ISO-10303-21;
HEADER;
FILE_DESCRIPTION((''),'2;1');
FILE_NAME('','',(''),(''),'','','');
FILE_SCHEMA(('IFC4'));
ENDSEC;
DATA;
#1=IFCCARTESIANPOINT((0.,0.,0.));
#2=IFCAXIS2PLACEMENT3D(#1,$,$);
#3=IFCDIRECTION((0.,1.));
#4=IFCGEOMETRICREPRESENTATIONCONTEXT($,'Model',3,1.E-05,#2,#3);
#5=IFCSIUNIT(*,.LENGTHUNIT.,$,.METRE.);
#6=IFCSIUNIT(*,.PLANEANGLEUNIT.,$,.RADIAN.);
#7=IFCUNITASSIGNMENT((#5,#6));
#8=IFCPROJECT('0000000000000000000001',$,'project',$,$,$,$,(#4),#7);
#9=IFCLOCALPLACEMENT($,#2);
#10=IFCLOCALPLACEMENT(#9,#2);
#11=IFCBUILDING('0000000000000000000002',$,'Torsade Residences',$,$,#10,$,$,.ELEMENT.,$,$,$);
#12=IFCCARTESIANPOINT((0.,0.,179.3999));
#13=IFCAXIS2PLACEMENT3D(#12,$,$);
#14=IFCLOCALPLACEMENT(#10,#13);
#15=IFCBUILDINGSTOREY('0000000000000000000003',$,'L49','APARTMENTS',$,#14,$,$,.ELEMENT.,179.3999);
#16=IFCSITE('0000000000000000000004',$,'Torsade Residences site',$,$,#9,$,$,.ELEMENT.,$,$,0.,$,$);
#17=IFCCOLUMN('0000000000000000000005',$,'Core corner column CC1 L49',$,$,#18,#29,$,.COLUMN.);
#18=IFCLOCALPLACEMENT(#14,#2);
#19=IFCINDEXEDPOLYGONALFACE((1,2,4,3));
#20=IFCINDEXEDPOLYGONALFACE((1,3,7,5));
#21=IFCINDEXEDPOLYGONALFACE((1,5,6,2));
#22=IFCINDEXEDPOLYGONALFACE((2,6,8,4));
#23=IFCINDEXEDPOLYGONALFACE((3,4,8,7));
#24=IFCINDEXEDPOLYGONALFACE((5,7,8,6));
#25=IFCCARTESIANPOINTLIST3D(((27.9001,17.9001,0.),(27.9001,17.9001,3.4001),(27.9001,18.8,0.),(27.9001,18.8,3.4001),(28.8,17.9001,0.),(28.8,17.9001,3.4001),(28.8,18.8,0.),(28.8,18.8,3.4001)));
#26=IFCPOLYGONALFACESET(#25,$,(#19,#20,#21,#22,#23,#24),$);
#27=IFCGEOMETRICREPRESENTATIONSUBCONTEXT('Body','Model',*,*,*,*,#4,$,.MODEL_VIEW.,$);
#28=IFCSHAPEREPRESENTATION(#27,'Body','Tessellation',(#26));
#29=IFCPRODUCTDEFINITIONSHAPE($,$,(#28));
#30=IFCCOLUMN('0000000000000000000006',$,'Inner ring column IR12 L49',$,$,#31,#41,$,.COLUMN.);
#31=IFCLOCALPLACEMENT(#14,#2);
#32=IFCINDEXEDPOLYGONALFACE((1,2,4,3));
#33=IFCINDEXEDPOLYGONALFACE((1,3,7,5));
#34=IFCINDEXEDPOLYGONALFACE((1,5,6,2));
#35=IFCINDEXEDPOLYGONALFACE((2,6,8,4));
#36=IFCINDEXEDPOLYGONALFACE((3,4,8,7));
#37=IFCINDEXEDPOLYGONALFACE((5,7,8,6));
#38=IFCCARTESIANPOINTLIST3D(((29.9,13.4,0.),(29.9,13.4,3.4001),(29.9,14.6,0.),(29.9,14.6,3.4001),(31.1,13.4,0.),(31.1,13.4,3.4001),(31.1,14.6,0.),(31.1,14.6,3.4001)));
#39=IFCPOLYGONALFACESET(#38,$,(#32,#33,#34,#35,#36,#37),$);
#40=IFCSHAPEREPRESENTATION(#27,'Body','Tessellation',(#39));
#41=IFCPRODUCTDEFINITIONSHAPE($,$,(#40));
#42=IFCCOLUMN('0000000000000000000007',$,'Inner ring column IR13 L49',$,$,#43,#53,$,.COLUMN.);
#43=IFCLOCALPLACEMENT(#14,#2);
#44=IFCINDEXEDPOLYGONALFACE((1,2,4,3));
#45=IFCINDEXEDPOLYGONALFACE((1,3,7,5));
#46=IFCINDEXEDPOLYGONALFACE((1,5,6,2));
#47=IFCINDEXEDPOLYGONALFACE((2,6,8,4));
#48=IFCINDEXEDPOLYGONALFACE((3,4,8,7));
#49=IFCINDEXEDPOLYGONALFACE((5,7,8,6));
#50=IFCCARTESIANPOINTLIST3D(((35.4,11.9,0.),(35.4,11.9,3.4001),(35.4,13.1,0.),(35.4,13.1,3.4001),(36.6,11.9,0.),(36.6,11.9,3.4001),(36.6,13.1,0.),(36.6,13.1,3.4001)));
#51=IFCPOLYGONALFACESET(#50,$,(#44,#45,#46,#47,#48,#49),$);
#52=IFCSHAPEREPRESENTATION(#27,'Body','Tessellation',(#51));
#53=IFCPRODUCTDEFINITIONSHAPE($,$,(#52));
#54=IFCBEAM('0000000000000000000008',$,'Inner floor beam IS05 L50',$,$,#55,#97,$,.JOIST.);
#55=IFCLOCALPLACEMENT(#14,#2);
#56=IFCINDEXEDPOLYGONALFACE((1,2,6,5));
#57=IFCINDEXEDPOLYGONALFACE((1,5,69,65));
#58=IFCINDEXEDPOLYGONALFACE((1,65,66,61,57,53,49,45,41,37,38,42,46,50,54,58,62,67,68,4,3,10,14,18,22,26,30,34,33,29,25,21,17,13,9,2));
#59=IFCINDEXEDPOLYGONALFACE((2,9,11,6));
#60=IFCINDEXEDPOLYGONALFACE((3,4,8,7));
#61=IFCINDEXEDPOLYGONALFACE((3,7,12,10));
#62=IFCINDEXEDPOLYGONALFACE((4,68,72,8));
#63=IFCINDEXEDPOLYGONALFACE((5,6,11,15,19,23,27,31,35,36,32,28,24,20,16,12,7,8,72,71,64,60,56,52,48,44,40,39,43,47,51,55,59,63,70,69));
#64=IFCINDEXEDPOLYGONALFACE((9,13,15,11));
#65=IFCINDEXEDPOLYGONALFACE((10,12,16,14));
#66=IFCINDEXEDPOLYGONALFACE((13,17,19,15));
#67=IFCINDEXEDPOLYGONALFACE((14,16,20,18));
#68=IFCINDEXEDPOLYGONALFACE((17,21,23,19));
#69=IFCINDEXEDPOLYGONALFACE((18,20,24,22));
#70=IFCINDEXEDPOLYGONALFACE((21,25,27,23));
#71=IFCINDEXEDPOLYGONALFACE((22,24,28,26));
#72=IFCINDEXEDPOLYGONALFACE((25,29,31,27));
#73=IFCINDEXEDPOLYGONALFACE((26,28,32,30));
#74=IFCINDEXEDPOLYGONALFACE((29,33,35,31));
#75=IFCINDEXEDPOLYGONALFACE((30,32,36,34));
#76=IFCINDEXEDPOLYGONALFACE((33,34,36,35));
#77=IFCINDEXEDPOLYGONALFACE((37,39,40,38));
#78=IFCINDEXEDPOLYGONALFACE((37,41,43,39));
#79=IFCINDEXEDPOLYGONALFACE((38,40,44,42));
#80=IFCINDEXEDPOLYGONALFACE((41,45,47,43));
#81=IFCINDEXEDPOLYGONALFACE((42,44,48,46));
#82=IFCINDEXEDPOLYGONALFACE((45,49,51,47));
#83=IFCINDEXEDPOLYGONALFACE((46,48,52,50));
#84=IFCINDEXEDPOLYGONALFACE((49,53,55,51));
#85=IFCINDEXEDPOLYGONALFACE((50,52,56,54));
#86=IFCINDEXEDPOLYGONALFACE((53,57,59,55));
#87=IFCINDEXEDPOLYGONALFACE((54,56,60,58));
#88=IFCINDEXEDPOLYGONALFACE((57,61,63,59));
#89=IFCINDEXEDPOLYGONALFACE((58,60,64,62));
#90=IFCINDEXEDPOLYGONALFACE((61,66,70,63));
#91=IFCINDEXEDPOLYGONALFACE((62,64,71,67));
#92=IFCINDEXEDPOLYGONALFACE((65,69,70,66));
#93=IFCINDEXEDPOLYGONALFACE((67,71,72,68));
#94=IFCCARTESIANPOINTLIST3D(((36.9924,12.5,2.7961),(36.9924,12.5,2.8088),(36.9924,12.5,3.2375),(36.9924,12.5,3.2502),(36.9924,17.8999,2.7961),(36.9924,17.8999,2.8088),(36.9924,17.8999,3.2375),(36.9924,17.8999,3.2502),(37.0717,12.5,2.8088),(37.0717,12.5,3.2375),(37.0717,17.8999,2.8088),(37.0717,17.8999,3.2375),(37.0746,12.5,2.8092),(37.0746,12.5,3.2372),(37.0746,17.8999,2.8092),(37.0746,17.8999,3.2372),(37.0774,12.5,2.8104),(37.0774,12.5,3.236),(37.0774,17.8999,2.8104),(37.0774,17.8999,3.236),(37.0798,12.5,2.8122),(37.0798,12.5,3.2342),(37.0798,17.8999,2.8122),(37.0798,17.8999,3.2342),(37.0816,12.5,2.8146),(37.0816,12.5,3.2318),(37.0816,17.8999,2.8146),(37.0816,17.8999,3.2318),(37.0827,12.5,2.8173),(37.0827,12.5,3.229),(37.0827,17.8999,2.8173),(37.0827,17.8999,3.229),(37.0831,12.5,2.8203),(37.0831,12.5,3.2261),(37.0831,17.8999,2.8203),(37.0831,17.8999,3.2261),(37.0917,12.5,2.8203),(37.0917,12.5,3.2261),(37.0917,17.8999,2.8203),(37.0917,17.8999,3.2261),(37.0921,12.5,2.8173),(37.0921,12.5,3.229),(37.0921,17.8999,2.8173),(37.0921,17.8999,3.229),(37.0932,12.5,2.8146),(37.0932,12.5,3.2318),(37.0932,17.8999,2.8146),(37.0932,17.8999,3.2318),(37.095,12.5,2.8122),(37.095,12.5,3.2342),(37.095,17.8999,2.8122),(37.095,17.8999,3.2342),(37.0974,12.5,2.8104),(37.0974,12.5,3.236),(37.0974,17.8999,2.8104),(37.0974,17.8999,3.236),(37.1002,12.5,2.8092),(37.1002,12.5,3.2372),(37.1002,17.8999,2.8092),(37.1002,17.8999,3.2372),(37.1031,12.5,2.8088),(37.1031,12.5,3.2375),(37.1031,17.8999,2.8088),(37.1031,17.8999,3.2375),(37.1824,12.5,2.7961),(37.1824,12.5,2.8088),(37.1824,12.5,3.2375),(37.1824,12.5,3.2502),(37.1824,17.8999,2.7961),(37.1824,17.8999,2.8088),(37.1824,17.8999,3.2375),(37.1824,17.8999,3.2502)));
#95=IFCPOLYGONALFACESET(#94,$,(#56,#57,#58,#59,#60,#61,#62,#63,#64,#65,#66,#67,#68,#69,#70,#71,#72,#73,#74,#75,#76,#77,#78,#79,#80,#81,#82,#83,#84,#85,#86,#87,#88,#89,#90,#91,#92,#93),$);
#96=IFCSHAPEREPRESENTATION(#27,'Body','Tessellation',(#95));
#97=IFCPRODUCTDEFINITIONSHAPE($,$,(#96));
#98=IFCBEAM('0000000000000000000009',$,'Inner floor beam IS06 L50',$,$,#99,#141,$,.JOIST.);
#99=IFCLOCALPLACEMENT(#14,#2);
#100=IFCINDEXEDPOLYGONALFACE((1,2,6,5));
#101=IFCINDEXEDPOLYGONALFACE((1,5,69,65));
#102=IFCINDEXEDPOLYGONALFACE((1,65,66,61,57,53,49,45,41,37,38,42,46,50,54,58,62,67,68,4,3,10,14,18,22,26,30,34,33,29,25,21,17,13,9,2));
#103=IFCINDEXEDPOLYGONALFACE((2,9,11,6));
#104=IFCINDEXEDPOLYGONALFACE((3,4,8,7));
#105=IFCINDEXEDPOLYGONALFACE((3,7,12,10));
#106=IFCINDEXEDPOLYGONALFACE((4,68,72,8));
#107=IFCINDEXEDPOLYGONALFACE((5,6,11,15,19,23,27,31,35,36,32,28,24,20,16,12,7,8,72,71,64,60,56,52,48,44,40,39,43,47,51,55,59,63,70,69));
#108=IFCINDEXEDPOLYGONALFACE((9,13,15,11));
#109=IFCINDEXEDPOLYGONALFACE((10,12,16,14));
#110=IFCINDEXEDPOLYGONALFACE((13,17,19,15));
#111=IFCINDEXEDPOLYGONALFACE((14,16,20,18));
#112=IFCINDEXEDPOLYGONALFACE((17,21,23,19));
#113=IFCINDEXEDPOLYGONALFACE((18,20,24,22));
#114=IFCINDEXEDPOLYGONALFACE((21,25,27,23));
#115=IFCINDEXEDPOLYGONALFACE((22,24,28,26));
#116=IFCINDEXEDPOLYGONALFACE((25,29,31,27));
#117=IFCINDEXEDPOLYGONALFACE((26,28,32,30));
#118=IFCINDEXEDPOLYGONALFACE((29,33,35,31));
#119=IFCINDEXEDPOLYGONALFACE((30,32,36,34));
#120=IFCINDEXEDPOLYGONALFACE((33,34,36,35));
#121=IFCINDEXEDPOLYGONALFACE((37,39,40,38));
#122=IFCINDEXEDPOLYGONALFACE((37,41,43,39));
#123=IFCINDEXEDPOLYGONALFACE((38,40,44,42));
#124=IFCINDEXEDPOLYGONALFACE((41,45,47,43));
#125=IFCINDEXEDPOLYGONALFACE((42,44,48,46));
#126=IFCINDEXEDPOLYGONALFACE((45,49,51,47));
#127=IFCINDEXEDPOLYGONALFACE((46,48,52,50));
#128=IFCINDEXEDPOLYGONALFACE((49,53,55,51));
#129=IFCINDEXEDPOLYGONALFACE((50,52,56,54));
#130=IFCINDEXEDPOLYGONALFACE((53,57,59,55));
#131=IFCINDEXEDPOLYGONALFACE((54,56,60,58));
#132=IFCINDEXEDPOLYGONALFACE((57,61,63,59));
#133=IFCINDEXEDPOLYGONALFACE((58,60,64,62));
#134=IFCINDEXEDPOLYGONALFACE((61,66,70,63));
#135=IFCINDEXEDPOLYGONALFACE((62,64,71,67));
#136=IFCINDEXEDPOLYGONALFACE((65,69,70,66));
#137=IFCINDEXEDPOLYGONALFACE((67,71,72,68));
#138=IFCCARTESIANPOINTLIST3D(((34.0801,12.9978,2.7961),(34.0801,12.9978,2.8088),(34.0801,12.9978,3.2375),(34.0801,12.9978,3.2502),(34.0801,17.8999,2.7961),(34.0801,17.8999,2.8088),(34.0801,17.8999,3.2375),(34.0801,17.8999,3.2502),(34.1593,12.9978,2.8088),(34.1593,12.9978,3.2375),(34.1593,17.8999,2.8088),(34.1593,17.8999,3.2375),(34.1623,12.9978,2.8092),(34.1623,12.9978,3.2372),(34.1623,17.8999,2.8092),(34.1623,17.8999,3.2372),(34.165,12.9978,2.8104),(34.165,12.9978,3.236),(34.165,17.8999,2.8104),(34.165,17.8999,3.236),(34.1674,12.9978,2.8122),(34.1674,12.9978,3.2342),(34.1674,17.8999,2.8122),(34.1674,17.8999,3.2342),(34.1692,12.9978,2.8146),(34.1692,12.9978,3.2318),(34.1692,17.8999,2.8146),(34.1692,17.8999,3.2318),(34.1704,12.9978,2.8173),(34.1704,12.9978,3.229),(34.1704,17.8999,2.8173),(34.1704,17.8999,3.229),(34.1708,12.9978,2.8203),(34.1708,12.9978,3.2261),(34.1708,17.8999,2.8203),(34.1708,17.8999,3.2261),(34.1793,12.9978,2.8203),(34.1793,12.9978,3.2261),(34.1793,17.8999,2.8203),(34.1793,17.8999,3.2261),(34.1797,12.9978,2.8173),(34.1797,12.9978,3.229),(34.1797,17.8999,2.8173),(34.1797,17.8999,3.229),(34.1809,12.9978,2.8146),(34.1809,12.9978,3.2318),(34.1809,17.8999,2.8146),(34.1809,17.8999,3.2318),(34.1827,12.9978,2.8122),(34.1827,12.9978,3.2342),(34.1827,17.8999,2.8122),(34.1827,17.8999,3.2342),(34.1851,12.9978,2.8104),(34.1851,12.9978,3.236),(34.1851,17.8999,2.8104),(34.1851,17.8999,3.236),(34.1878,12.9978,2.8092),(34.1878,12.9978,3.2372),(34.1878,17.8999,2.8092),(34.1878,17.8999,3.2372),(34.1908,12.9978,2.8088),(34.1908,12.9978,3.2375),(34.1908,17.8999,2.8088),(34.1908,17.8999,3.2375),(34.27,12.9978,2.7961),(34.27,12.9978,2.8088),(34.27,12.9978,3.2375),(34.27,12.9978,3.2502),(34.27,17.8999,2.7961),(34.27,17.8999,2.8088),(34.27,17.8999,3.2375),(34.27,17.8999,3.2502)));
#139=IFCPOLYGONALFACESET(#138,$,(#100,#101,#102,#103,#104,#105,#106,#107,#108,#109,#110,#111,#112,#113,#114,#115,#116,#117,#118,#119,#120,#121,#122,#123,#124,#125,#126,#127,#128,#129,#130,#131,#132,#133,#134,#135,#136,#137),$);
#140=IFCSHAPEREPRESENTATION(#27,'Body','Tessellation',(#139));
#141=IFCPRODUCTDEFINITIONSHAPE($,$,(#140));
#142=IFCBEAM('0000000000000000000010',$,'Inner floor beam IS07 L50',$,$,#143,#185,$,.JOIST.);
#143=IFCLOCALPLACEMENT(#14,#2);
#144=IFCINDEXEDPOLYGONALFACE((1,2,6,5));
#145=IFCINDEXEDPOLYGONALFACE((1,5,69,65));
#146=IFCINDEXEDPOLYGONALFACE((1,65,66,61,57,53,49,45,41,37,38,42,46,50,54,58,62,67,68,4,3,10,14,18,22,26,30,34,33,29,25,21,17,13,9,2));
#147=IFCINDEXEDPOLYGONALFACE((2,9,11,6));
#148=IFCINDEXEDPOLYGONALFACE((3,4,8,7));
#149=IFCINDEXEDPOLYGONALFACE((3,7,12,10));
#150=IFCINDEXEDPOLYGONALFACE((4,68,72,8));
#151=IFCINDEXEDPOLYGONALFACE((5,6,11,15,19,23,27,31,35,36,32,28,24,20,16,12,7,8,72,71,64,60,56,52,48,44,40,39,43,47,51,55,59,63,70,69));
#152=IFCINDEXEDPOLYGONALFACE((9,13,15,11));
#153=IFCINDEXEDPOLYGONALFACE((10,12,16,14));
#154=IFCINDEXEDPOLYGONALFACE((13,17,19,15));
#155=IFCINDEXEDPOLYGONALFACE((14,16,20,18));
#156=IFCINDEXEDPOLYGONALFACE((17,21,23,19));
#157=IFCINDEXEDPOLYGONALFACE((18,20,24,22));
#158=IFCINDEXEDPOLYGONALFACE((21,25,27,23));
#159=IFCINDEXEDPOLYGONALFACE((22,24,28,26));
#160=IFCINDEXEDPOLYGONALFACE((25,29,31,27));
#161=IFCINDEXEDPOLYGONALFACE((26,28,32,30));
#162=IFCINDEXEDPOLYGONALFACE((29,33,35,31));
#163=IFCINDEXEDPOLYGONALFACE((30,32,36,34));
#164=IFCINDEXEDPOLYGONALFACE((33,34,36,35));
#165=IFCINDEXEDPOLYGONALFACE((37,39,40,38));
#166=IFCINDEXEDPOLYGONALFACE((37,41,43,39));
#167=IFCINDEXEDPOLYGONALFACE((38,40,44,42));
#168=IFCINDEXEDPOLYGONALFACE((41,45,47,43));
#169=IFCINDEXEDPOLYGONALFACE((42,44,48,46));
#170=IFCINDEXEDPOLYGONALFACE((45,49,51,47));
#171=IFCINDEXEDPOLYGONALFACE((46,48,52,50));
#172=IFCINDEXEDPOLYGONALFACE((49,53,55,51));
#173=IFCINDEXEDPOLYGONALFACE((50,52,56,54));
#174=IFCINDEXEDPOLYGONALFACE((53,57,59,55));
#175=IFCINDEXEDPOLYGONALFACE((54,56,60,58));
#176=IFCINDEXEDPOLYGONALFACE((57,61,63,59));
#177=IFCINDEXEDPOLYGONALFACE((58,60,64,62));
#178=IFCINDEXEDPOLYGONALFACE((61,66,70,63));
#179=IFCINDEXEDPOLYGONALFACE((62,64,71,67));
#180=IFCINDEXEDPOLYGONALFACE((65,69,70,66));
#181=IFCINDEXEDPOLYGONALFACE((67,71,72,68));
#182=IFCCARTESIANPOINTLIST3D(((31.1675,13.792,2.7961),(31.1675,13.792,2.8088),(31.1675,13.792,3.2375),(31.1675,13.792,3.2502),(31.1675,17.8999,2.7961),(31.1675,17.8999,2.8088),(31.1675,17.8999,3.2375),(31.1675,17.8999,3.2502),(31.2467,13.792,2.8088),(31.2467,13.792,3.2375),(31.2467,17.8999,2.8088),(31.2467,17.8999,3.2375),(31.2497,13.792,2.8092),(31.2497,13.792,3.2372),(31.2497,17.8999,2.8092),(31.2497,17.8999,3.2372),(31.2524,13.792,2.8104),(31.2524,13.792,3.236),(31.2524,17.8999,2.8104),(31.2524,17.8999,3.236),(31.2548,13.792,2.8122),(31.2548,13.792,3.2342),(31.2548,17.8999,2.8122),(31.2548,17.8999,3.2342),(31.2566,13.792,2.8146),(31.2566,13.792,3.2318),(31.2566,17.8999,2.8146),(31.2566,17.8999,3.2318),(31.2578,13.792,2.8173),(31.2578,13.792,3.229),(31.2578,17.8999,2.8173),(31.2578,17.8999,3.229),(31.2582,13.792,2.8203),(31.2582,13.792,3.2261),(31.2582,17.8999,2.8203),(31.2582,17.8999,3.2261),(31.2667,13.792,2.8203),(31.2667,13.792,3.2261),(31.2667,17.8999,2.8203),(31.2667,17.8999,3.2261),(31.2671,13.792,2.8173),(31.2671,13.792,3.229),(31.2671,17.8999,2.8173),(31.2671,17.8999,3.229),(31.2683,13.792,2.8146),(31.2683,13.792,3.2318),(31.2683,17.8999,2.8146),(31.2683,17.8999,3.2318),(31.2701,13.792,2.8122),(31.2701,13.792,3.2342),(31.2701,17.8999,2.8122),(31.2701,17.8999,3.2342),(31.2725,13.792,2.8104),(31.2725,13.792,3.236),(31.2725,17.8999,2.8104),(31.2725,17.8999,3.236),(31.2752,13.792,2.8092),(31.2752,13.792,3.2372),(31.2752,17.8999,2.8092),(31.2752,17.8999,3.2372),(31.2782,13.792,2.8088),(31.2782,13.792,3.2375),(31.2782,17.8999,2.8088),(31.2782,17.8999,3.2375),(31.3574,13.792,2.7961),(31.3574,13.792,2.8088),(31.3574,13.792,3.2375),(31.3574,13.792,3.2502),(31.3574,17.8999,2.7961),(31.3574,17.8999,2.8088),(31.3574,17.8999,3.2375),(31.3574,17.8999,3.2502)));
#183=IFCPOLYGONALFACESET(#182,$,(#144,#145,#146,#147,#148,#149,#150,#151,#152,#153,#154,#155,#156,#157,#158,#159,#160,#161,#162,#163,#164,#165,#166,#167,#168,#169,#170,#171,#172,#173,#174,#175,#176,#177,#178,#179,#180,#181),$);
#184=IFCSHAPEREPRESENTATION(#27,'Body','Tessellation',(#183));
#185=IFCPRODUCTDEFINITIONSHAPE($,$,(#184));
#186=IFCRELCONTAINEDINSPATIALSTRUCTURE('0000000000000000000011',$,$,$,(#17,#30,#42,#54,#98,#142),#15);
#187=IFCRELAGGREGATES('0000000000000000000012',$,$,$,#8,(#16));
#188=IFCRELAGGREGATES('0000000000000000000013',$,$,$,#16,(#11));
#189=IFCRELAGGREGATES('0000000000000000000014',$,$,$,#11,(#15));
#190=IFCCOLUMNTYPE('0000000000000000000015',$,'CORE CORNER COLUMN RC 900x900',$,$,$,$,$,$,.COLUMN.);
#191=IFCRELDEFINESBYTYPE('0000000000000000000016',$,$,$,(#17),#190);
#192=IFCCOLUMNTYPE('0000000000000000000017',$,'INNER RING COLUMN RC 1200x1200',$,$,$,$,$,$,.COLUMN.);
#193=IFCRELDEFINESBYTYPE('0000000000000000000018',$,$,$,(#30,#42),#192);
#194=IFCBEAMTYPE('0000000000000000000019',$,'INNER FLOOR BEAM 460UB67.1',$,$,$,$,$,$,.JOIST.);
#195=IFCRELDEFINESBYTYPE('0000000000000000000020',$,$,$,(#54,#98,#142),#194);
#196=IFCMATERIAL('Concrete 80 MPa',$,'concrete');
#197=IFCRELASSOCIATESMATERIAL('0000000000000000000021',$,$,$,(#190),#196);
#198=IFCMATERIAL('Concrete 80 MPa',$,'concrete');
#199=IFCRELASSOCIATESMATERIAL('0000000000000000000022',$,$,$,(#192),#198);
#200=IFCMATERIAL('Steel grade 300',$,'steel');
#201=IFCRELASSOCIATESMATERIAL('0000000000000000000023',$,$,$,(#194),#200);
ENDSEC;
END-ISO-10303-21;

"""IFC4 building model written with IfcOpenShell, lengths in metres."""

from ifc_helpers import new_model, si_unit, direction, frame, origin, origin_2d, place, context, subcontext, project, spatial, rectangle, i_section, extrude, material, material_profile, profile_set, type_object, element, save


model = new_model("IFC4")

# Units and contexts
model_context = context("Model", 3, precision=1e-05, world=origin(), true_north=direction((0.0, 1.0)))
body_context = subcontext(model_context, "Body", "Model", "MODEL_VIEW")
ifc_project = project(units=[si_unit("LENGTHUNIT", "METRE"), si_unit("PLANEANGLEUNIT", "RADIAN")], contexts=[model_context])

# Site, building, storey
site_placement = place(None, origin())
site = spatial("IfcSite", under=ifc_project, at=site_placement, Name="Torsade Residences site", CompositionType="ELEMENT", RefElevation=0.0)
building_placement = place(site_placement, origin())
building = spatial("IfcBuilding", under=site, at=building_placement, Name="Torsade Residences", CompositionType="ELEMENT")
storey_placement = place(building_placement, frame((0.0, 0.0, 179.3999)))
storey = spatial("IfcBuildingStorey", under=building, at=storey_placement, Name="L49", Description="APARTMENTS", CompositionType="ELEMENT", Elevation=179.3999)

# Columns
ifc_material_1 = material(Name="Concrete 80 MPa", Category="concrete")
ifc_material_profile_1 = material_profile(ifc_material_1, rectangle(XDim=0.8999, YDim=0.8999, at=origin_2d()), Name="RC 900x900")
ifc_profile_set_1 = profile_set([ifc_material_profile_1], Name="Concrete 80 MPa")
column_type_1 = type_object("IfcColumnType", Name="CORE CORNER COLUMN RC 900x900", PredefinedType="COLUMN", material=ifc_profile_set_1)
column_placement = place(storey_placement, frame((28.3501, 18.3501, 0.0), z_axis=(0.0, 0.0, 1.0), x_axis=(1.0, 0.0, 0.0)))
element("IfcColumn", 1, at=column_placement, inside=storey, type_object=column_type_1, Name="Core corner column CC1 L49", PredefinedType="COLUMN", context=body_context, shape_type="SweptSolid", body=[
    extrude(rectangle(XDim=0.8999, YDim=0.8999, at=origin_2d()), origin(), (0.0, 0.0, 1.0), 3.4001),
])
ifc_material_2 = material(Name="Concrete 80 MPa", Category="concrete")
ifc_material_profile_2 = material_profile(ifc_material_2, rectangle(XDim=1.2, YDim=1.2, at=origin_2d()), Name="RC 1200x1200")
ifc_profile_set_2 = profile_set([ifc_material_profile_2], Name="Concrete 80 MPa")
column_type_2 = type_object("IfcColumnType", Name="INNER RING COLUMN RC 1200x1200", PredefinedType="COLUMN", material=ifc_profile_set_2)
for number, where, z_axis, x_axis, name in (
    (2, (30.5, 14.0, 0.0), (0.0, 0.0, 1.0), (1.0, 0.0, 0.0), "Inner ring column IR12 L49"),
    (3, (36.0, 12.5, 0.0), (0.0, 0.0, 1.0), (1.0, 0.0, 0.0), "Inner ring column IR13 L49"),
):
    element("IfcColumn", number, at=place(storey_placement, frame(where, z_axis=z_axis, x_axis=x_axis)), inside=storey, type_object=column_type_2, Name=name, PredefinedType="COLUMN", context=body_context, shape_type="SweptSolid", body=[
        extrude(rectangle(XDim=1.2, YDim=1.2, at=origin_2d()), origin(), (0.0, 0.0, 1.0), 3.4001),
    ])

# Beams
ifc_material_3 = material(Name="Steel grade 300", Category="steel")
ifc_material_profile_3 = material_profile(ifc_material_3, i_section(OverallWidth=0.1899, OverallDepth=0.4541, WebThickness=0.0085, FlangeThickness=0.0127, FilletRadius=0.0115, at=origin_2d()), Name="460UB67.1")
ifc_profile_set_3 = profile_set([ifc_material_profile_3], Name="Steel grade 300")
beam_type_1 = type_object("IfcBeamType", Name="INNER FLOOR BEAM 460UB67.1", PredefinedType="JOIST", material=ifc_profile_set_3)
beam_1_placement = place(storey_placement, frame((37.0874, 17.8999, 3.0232), z_axis=(0.0, -1.0, 0.0), x_axis=(1.0, 0.0, 0.0)))
element("IfcBeam", 4, at=beam_1_placement, inside=storey, type_object=beam_type_1, Name="Inner floor beam IS05 L50", PredefinedType="JOIST", context=body_context, shape_type="SweptSolid", body=[
    extrude(i_section(OverallWidth=0.1899, OverallDepth=0.4541, WebThickness=0.0085, FlangeThickness=0.0127, FilletRadius=0.0115, at=origin_2d()), origin(), (0.0, 0.0, 1.0), 5.3999),
])
beam_2_placement = place(storey_placement, frame((34.175, 17.8999, 3.0232), z_axis=(0.0, -1.0, 0.0), x_axis=(1.0, 0.0, 0.0)))
element("IfcBeam", 5, at=beam_2_placement, inside=storey, type_object=beam_type_1, Name="Inner floor beam IS06 L50", PredefinedType="JOIST", context=body_context, shape_type="SweptSolid", body=[
    extrude(i_section(OverallWidth=0.1899, OverallDepth=0.4541, WebThickness=0.0085, FlangeThickness=0.0127, FilletRadius=0.0115, at=origin_2d()), origin(), (0.0, 0.0, 1.0), 4.9021),
])
beam_3_placement = place(storey_placement, frame((31.2625, 17.8999, 3.0232), z_axis=(0.0, -1.0, 0.0), x_axis=(1.0, 0.0, 0.0)))
element("IfcBeam", 6, at=beam_3_placement, inside=storey, type_object=beam_type_1, Name="Inner floor beam IS07 L50", PredefinedType="JOIST", context=body_context, shape_type="SweptSolid", body=[
    extrude(i_section(OverallWidth=0.1899, OverallDepth=0.4541, WebThickness=0.0085, FlangeThickness=0.0127, FilletRadius=0.0115, at=origin_2d()), origin(), (0.0, 0.0, 1.0), 4.1079),
])

save(model, "model.ifc")
